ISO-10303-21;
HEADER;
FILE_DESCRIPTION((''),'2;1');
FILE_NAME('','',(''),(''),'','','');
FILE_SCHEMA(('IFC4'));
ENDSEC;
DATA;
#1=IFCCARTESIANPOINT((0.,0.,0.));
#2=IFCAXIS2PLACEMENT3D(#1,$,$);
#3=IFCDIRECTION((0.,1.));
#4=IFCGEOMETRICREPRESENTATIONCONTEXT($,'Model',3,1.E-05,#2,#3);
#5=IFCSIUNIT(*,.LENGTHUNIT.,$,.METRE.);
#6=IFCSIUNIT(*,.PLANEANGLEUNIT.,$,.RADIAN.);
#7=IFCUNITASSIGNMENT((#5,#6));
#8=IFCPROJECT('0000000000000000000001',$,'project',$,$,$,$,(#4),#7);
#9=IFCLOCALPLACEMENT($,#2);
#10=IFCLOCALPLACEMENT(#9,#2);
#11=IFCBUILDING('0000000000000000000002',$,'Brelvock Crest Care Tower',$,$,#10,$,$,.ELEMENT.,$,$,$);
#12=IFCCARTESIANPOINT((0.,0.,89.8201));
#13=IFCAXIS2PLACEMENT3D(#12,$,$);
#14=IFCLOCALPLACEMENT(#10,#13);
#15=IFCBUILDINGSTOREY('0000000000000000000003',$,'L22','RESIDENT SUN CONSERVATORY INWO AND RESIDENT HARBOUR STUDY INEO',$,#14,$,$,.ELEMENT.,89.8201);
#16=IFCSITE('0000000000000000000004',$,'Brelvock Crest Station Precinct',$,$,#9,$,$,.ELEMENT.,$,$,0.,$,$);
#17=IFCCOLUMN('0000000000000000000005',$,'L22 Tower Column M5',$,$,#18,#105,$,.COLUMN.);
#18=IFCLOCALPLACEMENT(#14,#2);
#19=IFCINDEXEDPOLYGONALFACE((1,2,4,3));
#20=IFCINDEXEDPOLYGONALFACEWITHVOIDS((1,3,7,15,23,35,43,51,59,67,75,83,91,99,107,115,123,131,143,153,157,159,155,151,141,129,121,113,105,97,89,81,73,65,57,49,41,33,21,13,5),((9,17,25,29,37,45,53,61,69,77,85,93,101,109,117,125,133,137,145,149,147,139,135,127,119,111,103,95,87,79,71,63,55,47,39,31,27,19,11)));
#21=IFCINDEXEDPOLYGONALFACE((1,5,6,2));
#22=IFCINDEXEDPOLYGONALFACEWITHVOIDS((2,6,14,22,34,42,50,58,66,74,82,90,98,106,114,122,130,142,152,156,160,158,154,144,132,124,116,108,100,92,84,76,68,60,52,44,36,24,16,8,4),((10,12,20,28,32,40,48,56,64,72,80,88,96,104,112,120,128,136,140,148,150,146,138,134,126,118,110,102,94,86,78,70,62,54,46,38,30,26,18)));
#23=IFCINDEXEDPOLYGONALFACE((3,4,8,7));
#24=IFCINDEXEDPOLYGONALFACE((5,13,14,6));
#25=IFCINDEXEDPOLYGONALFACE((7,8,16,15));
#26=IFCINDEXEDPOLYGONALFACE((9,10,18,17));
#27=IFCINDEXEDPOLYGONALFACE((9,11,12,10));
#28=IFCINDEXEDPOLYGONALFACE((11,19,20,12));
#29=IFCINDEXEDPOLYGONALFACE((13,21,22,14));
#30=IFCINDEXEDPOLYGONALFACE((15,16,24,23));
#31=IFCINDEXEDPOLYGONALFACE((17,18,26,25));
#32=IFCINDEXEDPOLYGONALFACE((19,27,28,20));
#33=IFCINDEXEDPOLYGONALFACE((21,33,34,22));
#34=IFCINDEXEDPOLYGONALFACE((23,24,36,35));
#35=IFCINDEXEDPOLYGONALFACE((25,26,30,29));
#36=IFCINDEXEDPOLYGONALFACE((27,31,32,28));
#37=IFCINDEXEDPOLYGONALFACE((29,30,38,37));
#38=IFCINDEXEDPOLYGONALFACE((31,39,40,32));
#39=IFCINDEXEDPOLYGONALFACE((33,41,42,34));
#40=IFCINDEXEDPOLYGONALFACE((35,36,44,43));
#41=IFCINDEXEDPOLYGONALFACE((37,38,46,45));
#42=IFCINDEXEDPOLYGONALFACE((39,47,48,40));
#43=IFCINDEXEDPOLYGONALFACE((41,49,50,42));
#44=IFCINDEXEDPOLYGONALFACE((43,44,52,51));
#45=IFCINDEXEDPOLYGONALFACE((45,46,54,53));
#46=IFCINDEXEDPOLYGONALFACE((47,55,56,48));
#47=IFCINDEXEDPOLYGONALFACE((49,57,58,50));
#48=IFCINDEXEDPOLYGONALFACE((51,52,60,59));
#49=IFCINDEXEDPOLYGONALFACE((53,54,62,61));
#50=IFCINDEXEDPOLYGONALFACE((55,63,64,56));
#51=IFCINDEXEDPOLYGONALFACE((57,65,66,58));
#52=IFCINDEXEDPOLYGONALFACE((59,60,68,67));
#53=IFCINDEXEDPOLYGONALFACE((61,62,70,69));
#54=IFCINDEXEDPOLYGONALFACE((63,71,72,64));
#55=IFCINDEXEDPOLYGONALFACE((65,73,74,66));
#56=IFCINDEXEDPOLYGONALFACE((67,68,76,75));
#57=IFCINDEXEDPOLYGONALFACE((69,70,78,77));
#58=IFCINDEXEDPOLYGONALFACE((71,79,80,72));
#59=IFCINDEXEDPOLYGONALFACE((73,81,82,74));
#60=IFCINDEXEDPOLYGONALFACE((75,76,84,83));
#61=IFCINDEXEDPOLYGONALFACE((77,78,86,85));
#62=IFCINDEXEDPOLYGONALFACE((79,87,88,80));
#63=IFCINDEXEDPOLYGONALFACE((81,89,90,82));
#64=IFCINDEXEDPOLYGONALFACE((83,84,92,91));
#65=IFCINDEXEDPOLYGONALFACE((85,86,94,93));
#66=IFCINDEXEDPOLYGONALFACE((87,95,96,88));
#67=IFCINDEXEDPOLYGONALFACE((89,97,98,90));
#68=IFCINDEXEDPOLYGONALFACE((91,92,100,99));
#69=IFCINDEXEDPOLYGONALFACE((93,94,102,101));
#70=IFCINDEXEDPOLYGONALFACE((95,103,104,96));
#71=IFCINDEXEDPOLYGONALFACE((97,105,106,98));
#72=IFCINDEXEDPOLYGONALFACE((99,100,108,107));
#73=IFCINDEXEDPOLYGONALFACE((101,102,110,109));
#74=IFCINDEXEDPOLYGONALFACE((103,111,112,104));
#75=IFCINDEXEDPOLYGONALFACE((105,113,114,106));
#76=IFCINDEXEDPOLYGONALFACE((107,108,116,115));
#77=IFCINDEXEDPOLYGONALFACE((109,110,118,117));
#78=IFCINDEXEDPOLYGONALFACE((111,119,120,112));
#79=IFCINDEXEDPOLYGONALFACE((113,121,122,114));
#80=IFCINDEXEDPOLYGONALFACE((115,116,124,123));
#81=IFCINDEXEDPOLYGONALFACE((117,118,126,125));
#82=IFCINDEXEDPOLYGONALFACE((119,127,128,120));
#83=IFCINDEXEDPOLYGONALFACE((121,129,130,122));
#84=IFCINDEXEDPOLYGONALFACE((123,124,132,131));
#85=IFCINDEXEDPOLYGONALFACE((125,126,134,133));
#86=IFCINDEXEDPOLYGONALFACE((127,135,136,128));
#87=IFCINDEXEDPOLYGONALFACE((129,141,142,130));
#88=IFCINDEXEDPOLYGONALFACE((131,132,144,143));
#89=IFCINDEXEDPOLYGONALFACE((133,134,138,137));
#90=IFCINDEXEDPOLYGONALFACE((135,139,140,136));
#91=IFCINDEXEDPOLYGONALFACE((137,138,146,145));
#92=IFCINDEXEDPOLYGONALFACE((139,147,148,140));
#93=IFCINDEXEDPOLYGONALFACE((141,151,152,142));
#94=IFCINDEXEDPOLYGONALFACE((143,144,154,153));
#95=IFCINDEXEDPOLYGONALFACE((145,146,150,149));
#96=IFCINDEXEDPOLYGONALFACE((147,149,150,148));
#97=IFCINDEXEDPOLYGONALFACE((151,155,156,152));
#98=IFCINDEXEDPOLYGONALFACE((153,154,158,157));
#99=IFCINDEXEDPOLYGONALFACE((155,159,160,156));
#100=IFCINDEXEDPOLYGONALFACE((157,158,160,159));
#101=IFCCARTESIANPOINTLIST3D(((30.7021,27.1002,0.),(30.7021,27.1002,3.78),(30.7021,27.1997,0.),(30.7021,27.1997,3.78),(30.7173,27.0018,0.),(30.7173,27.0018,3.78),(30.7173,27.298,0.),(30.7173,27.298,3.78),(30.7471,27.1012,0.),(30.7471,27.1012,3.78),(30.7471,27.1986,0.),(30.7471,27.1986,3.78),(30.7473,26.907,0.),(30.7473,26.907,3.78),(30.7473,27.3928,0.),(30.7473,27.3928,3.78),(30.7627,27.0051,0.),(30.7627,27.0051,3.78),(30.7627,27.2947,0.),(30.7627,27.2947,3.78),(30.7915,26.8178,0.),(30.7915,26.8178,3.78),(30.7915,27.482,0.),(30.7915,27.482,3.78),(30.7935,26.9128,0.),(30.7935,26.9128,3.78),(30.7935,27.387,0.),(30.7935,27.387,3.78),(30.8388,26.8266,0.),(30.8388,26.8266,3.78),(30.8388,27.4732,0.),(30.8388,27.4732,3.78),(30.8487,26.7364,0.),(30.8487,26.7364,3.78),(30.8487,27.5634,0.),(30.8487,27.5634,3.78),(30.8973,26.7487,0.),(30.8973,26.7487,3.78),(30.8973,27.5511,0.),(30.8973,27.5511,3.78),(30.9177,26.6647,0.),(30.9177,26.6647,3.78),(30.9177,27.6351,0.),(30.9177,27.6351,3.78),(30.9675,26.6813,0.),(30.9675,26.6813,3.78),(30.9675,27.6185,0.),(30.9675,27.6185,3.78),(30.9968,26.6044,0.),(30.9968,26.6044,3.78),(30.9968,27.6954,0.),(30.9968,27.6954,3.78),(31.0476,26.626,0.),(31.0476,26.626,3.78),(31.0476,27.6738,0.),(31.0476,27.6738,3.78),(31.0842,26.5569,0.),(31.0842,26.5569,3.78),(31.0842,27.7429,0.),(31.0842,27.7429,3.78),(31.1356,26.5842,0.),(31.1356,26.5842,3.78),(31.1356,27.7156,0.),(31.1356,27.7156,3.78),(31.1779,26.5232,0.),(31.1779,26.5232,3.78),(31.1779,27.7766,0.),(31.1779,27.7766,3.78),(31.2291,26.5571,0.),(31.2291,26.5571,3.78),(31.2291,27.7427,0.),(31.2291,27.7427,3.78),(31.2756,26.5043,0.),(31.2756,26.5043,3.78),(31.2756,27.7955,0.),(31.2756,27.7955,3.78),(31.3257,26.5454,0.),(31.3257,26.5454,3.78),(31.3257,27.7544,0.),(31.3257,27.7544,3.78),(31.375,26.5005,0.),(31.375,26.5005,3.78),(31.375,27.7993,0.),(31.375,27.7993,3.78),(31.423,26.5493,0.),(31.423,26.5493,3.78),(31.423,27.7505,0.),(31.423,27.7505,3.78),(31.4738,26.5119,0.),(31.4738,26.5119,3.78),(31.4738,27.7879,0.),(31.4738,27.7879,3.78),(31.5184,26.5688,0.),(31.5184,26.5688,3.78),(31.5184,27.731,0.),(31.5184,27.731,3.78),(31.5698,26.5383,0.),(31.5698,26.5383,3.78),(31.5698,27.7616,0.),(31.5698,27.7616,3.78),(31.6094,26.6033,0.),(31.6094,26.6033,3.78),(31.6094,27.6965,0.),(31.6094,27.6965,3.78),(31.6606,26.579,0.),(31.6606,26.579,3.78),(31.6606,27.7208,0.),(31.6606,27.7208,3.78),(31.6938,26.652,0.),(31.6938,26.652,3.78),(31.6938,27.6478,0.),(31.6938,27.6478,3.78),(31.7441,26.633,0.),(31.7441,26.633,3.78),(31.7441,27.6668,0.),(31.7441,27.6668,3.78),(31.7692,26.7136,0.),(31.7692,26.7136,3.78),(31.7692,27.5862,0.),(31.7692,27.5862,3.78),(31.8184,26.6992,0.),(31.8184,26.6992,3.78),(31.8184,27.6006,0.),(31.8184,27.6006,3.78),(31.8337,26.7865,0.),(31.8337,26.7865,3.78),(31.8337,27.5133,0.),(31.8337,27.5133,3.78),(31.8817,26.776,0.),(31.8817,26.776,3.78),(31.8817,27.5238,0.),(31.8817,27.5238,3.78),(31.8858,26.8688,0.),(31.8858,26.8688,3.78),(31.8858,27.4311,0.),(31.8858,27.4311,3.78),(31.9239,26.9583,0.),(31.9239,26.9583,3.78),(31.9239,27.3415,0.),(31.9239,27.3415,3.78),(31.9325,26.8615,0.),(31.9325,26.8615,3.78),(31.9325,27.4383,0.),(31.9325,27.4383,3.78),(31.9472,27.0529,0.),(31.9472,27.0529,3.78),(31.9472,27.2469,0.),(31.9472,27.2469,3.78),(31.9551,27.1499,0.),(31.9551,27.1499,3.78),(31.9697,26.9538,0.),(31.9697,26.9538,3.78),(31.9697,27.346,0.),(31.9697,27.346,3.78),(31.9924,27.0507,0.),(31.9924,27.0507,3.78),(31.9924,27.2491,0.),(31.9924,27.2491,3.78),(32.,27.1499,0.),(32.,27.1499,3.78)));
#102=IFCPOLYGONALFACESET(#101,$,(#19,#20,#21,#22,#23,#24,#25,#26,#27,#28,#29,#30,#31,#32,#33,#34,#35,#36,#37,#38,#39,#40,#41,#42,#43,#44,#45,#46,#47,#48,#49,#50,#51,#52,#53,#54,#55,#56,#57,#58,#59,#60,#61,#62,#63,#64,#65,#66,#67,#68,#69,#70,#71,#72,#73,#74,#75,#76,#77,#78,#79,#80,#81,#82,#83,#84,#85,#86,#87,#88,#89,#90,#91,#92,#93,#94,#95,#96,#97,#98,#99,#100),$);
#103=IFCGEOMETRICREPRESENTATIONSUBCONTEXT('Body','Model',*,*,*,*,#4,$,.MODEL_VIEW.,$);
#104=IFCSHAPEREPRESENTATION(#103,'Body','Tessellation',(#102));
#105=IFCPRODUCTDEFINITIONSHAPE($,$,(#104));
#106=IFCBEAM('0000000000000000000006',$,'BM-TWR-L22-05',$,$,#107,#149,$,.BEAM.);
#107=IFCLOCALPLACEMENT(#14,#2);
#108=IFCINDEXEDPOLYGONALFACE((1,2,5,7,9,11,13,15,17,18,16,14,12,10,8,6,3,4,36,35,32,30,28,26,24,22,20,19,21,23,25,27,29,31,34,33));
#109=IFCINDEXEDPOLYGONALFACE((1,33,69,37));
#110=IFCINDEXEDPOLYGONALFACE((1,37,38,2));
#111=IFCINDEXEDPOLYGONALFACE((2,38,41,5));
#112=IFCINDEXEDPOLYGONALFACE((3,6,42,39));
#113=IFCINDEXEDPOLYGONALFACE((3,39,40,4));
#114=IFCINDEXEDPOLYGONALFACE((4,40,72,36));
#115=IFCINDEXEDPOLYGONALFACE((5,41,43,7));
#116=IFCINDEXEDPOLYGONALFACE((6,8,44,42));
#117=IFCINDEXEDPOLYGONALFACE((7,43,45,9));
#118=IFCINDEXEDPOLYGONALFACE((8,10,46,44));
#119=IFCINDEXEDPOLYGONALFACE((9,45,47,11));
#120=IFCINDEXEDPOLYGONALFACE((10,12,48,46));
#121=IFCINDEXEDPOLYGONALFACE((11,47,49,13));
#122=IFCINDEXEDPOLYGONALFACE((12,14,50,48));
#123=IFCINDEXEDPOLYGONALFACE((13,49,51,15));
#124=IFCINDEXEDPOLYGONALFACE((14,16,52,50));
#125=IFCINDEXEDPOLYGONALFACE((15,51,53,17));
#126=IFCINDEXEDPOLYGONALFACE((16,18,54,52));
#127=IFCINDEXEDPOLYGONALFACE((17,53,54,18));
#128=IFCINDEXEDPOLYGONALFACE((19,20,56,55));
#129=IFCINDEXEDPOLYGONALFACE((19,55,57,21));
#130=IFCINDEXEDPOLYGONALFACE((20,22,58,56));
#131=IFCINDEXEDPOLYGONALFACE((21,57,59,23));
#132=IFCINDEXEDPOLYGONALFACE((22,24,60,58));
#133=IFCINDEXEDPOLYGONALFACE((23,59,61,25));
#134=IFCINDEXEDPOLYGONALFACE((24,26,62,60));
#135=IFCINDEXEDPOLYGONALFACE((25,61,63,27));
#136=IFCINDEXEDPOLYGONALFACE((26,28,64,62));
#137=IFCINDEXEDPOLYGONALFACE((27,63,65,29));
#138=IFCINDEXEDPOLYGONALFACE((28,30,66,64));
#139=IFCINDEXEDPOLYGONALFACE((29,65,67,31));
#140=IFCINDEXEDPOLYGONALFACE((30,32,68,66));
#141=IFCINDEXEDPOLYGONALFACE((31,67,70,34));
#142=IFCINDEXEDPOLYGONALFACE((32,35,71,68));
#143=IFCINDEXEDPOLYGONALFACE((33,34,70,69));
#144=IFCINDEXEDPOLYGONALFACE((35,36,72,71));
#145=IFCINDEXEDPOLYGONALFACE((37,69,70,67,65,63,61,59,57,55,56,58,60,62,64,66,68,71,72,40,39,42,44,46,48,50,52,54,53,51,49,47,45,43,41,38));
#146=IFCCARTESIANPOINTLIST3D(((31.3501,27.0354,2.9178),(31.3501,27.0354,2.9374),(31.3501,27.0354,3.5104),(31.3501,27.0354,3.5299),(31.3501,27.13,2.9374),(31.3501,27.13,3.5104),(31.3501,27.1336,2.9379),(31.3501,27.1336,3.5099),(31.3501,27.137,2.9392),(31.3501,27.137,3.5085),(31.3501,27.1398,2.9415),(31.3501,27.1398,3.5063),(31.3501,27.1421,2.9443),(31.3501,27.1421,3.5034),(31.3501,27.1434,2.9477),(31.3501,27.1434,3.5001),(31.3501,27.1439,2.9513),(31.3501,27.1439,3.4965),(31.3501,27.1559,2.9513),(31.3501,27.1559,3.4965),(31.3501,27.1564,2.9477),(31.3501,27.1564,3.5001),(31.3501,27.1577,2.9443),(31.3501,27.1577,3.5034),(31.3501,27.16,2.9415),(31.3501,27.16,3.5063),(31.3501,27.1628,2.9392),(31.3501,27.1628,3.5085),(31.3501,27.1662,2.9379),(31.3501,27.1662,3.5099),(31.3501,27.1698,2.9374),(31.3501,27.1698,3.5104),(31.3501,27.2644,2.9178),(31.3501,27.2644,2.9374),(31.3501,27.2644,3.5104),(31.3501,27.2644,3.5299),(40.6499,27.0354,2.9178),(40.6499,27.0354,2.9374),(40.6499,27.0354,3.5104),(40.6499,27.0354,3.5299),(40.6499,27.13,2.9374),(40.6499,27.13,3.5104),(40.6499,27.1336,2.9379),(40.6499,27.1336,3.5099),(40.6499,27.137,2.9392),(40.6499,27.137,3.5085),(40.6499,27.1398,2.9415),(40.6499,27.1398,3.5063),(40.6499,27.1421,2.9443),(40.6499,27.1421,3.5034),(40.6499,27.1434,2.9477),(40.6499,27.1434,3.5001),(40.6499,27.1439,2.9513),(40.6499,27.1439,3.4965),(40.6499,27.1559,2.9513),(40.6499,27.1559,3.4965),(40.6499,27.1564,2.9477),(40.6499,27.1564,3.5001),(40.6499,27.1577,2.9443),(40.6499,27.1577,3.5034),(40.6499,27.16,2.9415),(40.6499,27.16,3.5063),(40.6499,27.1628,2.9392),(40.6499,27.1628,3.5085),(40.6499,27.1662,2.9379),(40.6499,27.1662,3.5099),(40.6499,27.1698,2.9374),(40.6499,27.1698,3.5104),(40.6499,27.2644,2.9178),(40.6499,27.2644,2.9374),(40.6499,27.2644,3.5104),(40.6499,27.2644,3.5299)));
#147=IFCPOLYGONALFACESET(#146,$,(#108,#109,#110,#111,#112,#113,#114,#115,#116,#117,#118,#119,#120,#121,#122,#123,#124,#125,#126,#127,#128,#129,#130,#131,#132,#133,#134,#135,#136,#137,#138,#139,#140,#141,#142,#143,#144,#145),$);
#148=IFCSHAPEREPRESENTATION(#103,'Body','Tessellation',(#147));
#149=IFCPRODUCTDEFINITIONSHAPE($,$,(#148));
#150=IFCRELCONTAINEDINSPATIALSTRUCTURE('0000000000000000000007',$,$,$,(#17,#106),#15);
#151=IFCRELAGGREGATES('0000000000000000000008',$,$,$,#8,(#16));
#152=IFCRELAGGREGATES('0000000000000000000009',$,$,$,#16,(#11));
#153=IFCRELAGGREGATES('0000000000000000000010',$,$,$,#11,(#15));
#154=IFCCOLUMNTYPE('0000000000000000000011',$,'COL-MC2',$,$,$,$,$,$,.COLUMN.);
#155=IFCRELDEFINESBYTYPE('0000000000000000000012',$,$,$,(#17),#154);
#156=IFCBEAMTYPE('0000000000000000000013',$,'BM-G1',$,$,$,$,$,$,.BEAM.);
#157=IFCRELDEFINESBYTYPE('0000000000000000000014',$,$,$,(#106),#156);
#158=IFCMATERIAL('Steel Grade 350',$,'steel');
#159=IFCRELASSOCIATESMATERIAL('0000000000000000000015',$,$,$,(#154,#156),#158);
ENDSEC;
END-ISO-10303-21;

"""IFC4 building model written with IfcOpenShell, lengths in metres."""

from ifc_helpers import new_model, si_unit, direction, frame, origin, origin_2d, place, context, subcontext, project, spatial, hollow_circle, i_section, extrude, source, transform, mapped, material, material_profile, profile_set, type_object, element, save


model = new_model("IFC4")

# Units and contexts
model_context = context("Model", 3, precision=1e-05, world=origin(), true_north=direction((0.0, 1.0)))
body_context = subcontext(model_context, "Body", "Model", "MODEL_VIEW")
ifc_project = project(units=[si_unit("LENGTHUNIT", "METRE"), si_unit("PLANEANGLEUNIT", "RADIAN")], contexts=[model_context])

# Site, building, storey
site_placement = place(None, origin())
site = spatial("IfcSite", under=ifc_project, at=site_placement, Name="Brelvock Crest Station Precinct", CompositionType="ELEMENT", RefElevation=0.0)
building_placement = place(site_placement, origin())
building = spatial("IfcBuilding", under=site, at=building_placement, Name="Brelvock Crest Care Tower", CompositionType="ELEMENT")
storey_placement = place(building_placement, frame((0.0, 0.0, 89.8201)))
storey = spatial("IfcBuildingStorey", under=building, at=storey_placement, Name="L22", Description="RESIDENT SUN CONSERVATORY INWO AND RESIDENT HARBOUR STUDY INEO", CompositionType="ELEMENT", Elevation=89.8201)

# Column
ifc_material_1 = material(Name="Steel Grade 350", Category="steel")
ifc_material_profile_1 = material_profile(ifc_material_1, hollow_circle(Radius=0.6499, WallThickness=0.0449, at=origin_2d()), Name="CFT1300x45")
ifc_profile_set_1 = profile_set([ifc_material_profile_1], Name="Steel Grade 350")
column_type = type_object("IfcColumnType", Name="COL-MC2", PredefinedType="COLUMN", material=ifc_profile_set_1)
shared_shape_1 = source(origin(), body_context, "Body", "SweptSolid", [
    extrude(hollow_circle(Radius=0.6499, WallThickness=0.0449, at=origin_2d()), origin(), (0.0, 0.0, 1.0), 3.78),
])
column_placement = place(storey_placement, frame((31.3501, 27.1499, 0.0), z_axis=(0.0, 0.0, 1.0), x_axis=(1.0, 0.0, 0.0)))
element("IfcColumn", 1, at=column_placement, inside=storey, type_object=column_type, Name="L22 Tower Column M5", PredefinedType="COLUMN", context=body_context, shape_type="MappedRepresentation", body=[
    mapped(shared_shape_1, transform((0.0, 0.0, 0.0), x_axis=(1.0, 0.0, 0.0), y_axis=(0.0, 1.0, 0.0), z_axis=(0.0, 0.0, 1.0), scale=1.0)),
])

# Beam
ifc_material_profile_2 = material_profile(ifc_material_1, i_section(OverallWidth=0.229, OverallDepth=0.6121, WebThickness=0.012, FlangeThickness=0.0195, FilletRadius=0.0139, at=origin_2d()), Name="610UB125")
ifc_profile_set_2 = profile_set([ifc_material_profile_2], Name="Steel Grade 350")
beam_type_1 = type_object("IfcBeamType", Name="BM-G1", PredefinedType="BEAM", material=ifc_profile_set_2)
shared_shape_2 = source(origin(), body_context, "Body", "SweptSolid", [
    extrude(i_section(OverallWidth=0.229, OverallDepth=0.6121, WebThickness=0.012, FlangeThickness=0.0195, FilletRadius=0.0139, at=origin_2d()), origin(), (0.0, 0.0, 1.0), 9.2998),
])
beam_1_placement = place(storey_placement, frame((31.3501, 27.1499, 3.2239), z_axis=(1.0, 0.0, 0.0), x_axis=(0.0, 1.0, 0.0)))
element("IfcBeam", 2, at=beam_1_placement, inside=storey, type_object=beam_type_1, Name="BM-TWR-L22-05", PredefinedType="BEAM", context=body_context, shape_type="MappedRepresentation", body=[
    mapped(shared_shape_2, transform((0.0, 0.0, 0.0), x_axis=(1.0, 0.0, 0.0), y_axis=(0.0, 1.0, 0.0), z_axis=(0.0, 0.0, 1.0), scale=1.0)),
])

save(model, "model.ifc")
